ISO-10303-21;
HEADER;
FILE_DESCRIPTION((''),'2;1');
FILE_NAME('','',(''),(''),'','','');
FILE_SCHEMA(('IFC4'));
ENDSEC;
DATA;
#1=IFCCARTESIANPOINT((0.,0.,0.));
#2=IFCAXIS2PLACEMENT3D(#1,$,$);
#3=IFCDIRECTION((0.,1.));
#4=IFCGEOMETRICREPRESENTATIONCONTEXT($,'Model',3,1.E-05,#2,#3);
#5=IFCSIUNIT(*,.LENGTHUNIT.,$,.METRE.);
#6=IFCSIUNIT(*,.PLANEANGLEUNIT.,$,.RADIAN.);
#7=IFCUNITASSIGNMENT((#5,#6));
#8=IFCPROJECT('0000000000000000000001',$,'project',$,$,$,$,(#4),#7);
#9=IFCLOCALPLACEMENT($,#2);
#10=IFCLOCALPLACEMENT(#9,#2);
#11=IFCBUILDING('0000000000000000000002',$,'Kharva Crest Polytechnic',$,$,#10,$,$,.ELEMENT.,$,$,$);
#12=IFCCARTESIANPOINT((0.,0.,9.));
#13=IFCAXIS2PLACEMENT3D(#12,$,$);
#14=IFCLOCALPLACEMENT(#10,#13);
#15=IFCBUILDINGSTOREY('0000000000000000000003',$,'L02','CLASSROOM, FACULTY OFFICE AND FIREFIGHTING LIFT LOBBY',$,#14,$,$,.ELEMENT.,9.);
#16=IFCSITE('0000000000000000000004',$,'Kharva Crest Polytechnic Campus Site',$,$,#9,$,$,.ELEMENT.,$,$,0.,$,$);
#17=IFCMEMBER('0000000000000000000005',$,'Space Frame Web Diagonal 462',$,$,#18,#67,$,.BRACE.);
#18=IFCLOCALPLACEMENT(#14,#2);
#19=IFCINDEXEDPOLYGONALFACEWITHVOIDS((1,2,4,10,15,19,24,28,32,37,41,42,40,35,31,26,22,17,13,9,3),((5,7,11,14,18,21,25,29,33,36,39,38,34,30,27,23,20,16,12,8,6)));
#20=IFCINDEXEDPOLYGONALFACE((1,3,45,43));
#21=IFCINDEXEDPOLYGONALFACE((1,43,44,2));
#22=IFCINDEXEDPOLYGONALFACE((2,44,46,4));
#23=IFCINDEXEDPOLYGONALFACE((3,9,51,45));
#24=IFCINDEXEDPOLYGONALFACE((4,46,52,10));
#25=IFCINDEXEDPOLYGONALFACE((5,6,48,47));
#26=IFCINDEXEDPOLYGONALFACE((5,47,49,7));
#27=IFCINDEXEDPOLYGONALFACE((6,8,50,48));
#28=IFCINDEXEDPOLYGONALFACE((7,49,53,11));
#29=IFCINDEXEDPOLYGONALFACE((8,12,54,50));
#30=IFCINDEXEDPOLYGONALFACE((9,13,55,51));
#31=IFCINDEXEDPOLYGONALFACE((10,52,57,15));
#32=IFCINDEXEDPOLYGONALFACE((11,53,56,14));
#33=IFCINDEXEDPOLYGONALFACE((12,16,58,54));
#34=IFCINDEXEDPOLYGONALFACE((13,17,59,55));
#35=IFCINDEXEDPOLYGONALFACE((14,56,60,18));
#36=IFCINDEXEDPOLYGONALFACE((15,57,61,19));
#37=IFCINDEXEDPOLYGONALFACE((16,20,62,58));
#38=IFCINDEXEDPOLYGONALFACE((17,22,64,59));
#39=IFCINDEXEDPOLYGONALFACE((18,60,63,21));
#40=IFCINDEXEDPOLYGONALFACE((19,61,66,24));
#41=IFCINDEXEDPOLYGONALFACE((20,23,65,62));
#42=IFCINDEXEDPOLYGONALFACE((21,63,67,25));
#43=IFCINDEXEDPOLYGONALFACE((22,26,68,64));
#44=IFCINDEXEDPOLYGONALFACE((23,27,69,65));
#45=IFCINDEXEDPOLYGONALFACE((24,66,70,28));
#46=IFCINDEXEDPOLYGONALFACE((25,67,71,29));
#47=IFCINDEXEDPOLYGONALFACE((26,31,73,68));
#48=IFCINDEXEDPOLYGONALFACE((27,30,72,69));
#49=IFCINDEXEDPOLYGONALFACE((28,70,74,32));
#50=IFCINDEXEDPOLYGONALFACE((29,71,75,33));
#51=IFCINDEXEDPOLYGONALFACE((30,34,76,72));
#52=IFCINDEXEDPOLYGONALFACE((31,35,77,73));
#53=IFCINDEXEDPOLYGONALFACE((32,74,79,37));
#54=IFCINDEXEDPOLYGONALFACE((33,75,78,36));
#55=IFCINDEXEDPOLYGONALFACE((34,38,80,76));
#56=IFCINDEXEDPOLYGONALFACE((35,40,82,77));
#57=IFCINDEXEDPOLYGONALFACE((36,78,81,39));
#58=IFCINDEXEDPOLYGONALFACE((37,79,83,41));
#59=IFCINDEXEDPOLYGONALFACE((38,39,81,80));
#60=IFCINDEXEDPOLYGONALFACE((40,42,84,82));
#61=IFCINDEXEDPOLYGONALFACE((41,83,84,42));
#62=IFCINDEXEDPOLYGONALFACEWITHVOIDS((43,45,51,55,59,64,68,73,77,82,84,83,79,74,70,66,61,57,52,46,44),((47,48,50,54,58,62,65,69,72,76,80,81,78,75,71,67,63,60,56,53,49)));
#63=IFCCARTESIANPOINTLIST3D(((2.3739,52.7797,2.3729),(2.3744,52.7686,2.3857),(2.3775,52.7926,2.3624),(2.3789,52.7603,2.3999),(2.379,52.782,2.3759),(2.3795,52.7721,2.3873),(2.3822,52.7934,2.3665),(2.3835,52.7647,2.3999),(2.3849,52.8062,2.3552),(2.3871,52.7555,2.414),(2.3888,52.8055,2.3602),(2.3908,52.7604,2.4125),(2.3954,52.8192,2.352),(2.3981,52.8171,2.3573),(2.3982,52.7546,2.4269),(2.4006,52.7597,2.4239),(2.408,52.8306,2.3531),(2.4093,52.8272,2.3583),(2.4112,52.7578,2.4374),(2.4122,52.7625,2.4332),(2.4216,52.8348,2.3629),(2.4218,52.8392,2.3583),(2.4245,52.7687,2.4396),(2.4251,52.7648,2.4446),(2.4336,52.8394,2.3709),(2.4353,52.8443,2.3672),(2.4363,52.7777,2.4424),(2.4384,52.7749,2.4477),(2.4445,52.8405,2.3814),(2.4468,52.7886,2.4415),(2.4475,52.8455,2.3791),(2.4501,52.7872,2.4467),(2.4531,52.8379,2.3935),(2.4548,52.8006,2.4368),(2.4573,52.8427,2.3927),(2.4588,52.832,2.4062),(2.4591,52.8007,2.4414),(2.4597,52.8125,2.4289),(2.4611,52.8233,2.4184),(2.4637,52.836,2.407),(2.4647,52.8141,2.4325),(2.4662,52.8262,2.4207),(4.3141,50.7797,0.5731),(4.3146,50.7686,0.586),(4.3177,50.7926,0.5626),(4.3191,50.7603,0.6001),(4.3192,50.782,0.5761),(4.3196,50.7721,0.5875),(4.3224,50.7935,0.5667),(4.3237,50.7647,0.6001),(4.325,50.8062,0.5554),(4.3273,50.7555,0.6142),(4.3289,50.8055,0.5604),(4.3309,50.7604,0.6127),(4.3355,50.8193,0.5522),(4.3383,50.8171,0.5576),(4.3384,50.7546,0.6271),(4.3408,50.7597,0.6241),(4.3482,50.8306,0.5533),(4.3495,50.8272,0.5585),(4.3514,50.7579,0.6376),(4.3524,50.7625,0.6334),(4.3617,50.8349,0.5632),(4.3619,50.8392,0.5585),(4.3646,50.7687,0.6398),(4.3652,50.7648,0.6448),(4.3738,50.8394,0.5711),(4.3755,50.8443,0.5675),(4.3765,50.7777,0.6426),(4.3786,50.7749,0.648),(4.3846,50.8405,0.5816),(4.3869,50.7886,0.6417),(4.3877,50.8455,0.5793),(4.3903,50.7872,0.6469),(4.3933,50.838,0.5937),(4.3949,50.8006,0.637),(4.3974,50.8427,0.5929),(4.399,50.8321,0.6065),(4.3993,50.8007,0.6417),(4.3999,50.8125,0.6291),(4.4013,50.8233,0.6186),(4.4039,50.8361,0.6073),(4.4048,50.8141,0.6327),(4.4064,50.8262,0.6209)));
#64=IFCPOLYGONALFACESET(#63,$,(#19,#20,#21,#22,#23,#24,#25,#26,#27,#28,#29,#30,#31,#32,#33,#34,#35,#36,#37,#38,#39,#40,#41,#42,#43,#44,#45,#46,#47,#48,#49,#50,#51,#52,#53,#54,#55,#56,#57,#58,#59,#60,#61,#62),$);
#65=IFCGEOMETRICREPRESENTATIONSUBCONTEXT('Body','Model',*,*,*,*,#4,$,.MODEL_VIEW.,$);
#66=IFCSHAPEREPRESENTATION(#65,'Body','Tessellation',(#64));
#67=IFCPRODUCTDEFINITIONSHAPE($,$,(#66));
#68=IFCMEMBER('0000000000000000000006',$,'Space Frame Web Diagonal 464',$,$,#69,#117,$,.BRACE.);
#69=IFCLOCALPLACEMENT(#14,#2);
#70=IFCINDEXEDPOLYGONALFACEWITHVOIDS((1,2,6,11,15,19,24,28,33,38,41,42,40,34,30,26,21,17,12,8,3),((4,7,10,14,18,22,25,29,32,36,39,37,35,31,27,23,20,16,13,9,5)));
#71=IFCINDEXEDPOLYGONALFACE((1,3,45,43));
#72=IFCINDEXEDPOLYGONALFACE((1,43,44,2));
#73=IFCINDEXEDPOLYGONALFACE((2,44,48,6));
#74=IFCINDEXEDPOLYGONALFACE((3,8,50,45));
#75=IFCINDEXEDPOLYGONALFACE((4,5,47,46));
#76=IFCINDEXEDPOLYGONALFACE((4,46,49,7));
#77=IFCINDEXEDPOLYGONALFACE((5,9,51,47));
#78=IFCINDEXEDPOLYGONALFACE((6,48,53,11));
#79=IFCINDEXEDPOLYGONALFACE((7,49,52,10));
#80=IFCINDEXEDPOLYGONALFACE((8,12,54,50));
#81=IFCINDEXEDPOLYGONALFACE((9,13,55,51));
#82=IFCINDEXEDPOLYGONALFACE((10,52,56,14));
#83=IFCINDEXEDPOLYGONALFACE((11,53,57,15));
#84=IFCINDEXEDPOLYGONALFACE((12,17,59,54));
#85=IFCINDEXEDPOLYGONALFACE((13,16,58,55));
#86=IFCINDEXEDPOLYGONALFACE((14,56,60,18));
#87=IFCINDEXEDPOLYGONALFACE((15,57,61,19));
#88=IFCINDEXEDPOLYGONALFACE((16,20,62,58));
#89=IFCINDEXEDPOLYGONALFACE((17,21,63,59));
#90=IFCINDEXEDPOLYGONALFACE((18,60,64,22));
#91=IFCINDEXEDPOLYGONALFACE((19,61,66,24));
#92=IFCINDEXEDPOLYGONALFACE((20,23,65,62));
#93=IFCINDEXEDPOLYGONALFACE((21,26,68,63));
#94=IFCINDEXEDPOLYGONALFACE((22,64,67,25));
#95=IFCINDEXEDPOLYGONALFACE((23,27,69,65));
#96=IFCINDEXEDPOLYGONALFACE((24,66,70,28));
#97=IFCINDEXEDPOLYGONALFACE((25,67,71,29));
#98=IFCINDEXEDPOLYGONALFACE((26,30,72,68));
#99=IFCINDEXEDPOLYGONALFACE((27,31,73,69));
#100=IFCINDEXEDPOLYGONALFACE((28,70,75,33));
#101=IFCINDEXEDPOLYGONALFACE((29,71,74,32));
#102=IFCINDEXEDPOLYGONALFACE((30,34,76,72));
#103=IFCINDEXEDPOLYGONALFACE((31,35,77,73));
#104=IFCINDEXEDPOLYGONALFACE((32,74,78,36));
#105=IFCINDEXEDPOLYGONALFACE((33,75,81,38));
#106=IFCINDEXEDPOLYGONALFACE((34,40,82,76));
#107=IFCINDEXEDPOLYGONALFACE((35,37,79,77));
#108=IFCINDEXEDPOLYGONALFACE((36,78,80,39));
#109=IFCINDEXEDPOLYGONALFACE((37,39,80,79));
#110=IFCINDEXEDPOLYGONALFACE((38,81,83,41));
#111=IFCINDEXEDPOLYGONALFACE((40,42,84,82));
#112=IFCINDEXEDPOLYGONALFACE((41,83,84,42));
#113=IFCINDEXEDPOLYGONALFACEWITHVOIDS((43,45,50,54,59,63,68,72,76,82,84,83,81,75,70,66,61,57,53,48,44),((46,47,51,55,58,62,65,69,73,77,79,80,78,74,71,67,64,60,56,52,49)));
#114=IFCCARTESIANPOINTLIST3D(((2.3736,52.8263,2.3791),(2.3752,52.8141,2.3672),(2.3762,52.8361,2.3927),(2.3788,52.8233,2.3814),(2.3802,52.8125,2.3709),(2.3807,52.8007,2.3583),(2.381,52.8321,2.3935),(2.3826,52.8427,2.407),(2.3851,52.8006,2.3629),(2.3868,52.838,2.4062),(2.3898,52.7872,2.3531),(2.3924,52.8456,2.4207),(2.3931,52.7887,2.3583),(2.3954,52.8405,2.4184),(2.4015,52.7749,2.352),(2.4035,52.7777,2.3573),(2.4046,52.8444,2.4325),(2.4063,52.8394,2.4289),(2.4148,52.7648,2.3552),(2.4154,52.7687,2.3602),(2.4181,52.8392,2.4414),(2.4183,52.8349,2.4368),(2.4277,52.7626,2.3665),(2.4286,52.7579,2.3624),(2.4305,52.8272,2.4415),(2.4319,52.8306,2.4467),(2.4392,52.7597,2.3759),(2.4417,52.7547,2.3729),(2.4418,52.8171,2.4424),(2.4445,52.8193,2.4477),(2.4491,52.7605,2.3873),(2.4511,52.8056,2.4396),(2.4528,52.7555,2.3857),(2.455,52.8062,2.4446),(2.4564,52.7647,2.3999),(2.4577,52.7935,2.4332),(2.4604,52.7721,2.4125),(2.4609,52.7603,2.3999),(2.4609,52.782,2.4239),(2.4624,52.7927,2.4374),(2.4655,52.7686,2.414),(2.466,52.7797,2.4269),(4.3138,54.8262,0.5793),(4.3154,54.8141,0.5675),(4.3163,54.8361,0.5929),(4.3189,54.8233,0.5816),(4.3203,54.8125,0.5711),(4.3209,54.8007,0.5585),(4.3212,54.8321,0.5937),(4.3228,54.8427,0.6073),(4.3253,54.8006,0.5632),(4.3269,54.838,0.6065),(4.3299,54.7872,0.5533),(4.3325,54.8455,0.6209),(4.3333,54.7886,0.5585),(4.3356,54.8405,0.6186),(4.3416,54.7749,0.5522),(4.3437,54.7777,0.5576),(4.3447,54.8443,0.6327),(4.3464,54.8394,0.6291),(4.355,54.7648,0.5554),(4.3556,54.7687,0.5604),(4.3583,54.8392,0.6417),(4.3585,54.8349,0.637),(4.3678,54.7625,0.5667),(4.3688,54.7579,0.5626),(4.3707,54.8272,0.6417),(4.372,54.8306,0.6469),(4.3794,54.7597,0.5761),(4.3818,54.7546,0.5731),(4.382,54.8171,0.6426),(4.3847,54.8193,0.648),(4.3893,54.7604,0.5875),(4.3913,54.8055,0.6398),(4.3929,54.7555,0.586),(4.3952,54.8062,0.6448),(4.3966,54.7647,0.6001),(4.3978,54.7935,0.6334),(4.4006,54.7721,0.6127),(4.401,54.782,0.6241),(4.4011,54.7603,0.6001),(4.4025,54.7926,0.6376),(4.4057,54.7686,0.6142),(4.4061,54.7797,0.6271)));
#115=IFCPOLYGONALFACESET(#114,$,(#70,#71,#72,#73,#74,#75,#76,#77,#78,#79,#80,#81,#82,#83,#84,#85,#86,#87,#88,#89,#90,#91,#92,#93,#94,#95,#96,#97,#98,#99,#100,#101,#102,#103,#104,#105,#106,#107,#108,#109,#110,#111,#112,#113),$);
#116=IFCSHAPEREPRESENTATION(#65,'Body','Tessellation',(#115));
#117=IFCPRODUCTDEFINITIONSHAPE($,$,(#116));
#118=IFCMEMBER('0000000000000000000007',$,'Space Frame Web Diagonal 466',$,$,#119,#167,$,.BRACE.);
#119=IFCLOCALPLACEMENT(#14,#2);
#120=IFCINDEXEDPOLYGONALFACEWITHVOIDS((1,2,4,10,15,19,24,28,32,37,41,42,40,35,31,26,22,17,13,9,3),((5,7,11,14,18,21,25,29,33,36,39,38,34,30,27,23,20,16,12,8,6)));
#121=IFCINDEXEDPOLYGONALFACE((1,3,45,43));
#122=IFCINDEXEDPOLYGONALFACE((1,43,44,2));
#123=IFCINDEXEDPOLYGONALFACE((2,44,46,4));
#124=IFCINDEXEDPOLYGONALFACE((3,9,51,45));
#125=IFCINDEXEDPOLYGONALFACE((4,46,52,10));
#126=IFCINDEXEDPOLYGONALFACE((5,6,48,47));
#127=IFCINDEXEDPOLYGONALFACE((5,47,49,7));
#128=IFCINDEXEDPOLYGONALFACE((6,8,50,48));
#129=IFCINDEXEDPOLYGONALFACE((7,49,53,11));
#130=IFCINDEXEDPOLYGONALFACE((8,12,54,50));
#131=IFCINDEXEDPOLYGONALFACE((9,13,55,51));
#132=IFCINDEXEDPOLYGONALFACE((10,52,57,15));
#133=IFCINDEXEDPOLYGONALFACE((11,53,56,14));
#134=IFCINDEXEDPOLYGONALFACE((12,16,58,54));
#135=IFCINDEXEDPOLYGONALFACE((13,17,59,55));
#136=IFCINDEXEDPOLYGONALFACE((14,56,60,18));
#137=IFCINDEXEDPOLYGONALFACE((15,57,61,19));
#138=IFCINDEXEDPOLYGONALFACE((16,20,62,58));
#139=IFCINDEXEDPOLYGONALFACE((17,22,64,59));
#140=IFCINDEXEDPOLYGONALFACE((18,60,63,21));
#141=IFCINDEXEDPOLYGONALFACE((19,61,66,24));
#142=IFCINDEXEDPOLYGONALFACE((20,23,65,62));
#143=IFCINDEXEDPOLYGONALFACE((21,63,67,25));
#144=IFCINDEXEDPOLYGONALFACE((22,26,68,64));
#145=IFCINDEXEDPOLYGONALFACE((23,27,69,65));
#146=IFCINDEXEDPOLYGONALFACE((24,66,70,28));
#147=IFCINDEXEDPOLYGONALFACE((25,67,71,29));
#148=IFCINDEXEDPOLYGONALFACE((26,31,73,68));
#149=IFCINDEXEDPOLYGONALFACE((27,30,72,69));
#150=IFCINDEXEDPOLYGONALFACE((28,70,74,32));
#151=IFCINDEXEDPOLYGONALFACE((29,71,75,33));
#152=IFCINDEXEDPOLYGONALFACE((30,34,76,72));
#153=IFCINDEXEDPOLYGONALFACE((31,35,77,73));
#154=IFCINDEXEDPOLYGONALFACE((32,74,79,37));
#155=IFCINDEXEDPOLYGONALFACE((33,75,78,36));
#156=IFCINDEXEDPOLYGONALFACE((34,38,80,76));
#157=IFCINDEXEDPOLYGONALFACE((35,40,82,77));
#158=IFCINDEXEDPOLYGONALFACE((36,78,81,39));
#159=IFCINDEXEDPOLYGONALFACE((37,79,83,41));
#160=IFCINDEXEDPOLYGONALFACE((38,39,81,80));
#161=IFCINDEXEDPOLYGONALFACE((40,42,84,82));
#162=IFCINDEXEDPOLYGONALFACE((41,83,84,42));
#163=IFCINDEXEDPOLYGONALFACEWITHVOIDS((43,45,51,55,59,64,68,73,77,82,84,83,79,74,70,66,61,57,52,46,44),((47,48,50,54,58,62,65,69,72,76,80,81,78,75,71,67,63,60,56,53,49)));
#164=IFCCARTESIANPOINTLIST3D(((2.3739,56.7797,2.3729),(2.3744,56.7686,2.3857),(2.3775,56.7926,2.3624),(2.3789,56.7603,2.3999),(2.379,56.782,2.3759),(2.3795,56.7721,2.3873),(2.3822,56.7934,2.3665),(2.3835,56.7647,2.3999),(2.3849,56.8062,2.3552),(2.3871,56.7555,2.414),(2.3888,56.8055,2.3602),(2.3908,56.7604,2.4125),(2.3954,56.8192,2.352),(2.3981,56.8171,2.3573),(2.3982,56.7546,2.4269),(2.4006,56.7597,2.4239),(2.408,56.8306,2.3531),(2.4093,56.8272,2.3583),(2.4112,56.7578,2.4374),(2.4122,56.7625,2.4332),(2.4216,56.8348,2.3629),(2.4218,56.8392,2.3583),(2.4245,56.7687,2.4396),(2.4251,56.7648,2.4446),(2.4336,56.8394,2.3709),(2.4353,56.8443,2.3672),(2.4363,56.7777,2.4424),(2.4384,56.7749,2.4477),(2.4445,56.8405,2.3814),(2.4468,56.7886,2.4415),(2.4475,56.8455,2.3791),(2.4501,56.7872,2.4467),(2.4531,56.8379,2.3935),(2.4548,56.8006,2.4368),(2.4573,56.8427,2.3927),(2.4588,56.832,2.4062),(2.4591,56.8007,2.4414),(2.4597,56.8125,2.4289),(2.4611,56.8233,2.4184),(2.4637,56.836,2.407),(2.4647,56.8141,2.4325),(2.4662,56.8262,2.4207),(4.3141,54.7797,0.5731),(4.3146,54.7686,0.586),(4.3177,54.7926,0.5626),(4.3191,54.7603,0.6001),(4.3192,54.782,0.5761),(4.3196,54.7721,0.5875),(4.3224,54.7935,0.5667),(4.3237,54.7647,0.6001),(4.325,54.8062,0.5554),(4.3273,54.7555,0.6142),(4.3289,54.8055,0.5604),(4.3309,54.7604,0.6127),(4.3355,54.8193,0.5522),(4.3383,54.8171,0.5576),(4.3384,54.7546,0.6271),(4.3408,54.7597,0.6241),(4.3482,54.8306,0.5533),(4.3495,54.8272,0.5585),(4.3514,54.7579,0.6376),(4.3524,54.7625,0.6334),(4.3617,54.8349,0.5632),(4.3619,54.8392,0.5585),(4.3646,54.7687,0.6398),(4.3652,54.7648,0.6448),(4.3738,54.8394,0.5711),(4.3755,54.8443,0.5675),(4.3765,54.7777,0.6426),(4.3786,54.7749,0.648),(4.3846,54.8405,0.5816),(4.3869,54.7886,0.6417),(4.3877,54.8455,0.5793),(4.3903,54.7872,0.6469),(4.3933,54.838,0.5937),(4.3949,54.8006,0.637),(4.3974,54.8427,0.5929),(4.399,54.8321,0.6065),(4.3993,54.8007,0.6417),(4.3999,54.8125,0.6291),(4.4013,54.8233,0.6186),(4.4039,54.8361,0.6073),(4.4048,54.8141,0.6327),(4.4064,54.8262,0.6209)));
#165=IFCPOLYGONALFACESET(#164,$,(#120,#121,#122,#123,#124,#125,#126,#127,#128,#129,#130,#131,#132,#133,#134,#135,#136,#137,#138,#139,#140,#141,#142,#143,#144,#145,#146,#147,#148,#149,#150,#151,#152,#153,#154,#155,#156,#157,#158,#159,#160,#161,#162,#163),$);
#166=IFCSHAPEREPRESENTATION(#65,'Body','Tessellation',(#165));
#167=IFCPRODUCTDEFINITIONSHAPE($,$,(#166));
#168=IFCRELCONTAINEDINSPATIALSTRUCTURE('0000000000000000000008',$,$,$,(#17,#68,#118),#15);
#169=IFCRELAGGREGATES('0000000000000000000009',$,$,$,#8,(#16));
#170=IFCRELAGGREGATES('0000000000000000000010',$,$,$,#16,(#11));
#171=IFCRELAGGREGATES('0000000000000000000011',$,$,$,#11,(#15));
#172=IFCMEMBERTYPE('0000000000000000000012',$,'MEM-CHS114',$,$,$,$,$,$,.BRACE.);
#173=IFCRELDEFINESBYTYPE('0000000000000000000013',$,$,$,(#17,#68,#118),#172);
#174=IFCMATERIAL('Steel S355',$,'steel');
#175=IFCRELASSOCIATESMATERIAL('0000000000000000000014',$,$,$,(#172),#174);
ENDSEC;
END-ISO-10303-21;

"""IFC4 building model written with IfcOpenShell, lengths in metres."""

from ifc_helpers import new_model, si_unit, direction, frame, origin, origin_2d, place, context, subcontext, project, spatial, hollow_circle, extrude, material, material_profile, profile_set, type_object, element, save


model = new_model("IFC4")

# Units and contexts
model_context = context("Model", 3, precision=1e-05, world=origin(), true_north=direction((0.0, 1.0)))
body_context = subcontext(model_context, "Body", "Model", "MODEL_VIEW")
ifc_project = project(units=[si_unit("LENGTHUNIT", "METRE"), si_unit("PLANEANGLEUNIT", "RADIAN")], contexts=[model_context])

# Site, building, storey
site_placement = place(None, origin())
site = spatial("IfcSite", under=ifc_project, at=site_placement, Name="Kharva Crest Polytechnic Campus Site", CompositionType="ELEMENT", RefElevation=0.0)
building_placement = place(site_placement, origin())
building = spatial("IfcBuilding", under=site, at=building_placement, Name="Kharva Crest Polytechnic", CompositionType="ELEMENT")
storey_placement = place(building_placement, frame((0.0, 0.0, 9.0)))
storey = spatial("IfcBuildingStorey", under=building, at=storey_placement, Name="L02", Description="CLASSROOM, FACULTY OFFICE AND FIREFIGHTING LIFT LOBBY", CompositionType="ELEMENT", Elevation=9.0)

# Shared definitions
ifc_material_1 = material(Name="Steel S355", Category="steel")

# Members
ifc_material_profile_1 = material_profile(ifc_material_1, hollow_circle(Radius=0.0571, WallThickness=0.0063, at=origin_2d()), Name="CHS 114.3X6.3")
ifc_profile_set_1 = profile_set([ifc_material_profile_1], Name="Steel S355")
member_type_1 = type_object("IfcMemberType", Name="MEM-CHS114", PredefinedType="BRACE", material=ifc_profile_set_1)
for number, where, z_axis, x_axis, name in (
    (1, (4.3601, 50.8, 0.6001), (-0.584892, 0.602924, 0.542572), (-0.717758, -0.696292, 0.0), "Space Frame Web Diagonal 462"),
    (2, (4.3601, 54.8, 0.6001), (-0.584892, -0.602924, 0.542572), (0.717758, -0.696292, 0.0), "Space Frame Web Diagonal 464"),
    (3, (4.3601, 54.8, 0.6001), (-0.584892, 0.602924, 0.542572), (-0.717758, -0.696292, 0.0), "Space Frame Web Diagonal 466"),
):
    element("IfcMember", number, at=place(storey_placement, frame(where, z_axis=z_axis, x_axis=x_axis)), inside=storey, type_object=member_type_1, Name=name, PredefinedType="BRACE", context=body_context, shape_type="SweptSolid", body=[
        extrude(hollow_circle(Radius=0.0571, WallThickness=0.0063, at=origin_2d()), origin(), (0.0, 0.0, 1.0), 3.3171),
    ])

save(model, "model.ifc")
